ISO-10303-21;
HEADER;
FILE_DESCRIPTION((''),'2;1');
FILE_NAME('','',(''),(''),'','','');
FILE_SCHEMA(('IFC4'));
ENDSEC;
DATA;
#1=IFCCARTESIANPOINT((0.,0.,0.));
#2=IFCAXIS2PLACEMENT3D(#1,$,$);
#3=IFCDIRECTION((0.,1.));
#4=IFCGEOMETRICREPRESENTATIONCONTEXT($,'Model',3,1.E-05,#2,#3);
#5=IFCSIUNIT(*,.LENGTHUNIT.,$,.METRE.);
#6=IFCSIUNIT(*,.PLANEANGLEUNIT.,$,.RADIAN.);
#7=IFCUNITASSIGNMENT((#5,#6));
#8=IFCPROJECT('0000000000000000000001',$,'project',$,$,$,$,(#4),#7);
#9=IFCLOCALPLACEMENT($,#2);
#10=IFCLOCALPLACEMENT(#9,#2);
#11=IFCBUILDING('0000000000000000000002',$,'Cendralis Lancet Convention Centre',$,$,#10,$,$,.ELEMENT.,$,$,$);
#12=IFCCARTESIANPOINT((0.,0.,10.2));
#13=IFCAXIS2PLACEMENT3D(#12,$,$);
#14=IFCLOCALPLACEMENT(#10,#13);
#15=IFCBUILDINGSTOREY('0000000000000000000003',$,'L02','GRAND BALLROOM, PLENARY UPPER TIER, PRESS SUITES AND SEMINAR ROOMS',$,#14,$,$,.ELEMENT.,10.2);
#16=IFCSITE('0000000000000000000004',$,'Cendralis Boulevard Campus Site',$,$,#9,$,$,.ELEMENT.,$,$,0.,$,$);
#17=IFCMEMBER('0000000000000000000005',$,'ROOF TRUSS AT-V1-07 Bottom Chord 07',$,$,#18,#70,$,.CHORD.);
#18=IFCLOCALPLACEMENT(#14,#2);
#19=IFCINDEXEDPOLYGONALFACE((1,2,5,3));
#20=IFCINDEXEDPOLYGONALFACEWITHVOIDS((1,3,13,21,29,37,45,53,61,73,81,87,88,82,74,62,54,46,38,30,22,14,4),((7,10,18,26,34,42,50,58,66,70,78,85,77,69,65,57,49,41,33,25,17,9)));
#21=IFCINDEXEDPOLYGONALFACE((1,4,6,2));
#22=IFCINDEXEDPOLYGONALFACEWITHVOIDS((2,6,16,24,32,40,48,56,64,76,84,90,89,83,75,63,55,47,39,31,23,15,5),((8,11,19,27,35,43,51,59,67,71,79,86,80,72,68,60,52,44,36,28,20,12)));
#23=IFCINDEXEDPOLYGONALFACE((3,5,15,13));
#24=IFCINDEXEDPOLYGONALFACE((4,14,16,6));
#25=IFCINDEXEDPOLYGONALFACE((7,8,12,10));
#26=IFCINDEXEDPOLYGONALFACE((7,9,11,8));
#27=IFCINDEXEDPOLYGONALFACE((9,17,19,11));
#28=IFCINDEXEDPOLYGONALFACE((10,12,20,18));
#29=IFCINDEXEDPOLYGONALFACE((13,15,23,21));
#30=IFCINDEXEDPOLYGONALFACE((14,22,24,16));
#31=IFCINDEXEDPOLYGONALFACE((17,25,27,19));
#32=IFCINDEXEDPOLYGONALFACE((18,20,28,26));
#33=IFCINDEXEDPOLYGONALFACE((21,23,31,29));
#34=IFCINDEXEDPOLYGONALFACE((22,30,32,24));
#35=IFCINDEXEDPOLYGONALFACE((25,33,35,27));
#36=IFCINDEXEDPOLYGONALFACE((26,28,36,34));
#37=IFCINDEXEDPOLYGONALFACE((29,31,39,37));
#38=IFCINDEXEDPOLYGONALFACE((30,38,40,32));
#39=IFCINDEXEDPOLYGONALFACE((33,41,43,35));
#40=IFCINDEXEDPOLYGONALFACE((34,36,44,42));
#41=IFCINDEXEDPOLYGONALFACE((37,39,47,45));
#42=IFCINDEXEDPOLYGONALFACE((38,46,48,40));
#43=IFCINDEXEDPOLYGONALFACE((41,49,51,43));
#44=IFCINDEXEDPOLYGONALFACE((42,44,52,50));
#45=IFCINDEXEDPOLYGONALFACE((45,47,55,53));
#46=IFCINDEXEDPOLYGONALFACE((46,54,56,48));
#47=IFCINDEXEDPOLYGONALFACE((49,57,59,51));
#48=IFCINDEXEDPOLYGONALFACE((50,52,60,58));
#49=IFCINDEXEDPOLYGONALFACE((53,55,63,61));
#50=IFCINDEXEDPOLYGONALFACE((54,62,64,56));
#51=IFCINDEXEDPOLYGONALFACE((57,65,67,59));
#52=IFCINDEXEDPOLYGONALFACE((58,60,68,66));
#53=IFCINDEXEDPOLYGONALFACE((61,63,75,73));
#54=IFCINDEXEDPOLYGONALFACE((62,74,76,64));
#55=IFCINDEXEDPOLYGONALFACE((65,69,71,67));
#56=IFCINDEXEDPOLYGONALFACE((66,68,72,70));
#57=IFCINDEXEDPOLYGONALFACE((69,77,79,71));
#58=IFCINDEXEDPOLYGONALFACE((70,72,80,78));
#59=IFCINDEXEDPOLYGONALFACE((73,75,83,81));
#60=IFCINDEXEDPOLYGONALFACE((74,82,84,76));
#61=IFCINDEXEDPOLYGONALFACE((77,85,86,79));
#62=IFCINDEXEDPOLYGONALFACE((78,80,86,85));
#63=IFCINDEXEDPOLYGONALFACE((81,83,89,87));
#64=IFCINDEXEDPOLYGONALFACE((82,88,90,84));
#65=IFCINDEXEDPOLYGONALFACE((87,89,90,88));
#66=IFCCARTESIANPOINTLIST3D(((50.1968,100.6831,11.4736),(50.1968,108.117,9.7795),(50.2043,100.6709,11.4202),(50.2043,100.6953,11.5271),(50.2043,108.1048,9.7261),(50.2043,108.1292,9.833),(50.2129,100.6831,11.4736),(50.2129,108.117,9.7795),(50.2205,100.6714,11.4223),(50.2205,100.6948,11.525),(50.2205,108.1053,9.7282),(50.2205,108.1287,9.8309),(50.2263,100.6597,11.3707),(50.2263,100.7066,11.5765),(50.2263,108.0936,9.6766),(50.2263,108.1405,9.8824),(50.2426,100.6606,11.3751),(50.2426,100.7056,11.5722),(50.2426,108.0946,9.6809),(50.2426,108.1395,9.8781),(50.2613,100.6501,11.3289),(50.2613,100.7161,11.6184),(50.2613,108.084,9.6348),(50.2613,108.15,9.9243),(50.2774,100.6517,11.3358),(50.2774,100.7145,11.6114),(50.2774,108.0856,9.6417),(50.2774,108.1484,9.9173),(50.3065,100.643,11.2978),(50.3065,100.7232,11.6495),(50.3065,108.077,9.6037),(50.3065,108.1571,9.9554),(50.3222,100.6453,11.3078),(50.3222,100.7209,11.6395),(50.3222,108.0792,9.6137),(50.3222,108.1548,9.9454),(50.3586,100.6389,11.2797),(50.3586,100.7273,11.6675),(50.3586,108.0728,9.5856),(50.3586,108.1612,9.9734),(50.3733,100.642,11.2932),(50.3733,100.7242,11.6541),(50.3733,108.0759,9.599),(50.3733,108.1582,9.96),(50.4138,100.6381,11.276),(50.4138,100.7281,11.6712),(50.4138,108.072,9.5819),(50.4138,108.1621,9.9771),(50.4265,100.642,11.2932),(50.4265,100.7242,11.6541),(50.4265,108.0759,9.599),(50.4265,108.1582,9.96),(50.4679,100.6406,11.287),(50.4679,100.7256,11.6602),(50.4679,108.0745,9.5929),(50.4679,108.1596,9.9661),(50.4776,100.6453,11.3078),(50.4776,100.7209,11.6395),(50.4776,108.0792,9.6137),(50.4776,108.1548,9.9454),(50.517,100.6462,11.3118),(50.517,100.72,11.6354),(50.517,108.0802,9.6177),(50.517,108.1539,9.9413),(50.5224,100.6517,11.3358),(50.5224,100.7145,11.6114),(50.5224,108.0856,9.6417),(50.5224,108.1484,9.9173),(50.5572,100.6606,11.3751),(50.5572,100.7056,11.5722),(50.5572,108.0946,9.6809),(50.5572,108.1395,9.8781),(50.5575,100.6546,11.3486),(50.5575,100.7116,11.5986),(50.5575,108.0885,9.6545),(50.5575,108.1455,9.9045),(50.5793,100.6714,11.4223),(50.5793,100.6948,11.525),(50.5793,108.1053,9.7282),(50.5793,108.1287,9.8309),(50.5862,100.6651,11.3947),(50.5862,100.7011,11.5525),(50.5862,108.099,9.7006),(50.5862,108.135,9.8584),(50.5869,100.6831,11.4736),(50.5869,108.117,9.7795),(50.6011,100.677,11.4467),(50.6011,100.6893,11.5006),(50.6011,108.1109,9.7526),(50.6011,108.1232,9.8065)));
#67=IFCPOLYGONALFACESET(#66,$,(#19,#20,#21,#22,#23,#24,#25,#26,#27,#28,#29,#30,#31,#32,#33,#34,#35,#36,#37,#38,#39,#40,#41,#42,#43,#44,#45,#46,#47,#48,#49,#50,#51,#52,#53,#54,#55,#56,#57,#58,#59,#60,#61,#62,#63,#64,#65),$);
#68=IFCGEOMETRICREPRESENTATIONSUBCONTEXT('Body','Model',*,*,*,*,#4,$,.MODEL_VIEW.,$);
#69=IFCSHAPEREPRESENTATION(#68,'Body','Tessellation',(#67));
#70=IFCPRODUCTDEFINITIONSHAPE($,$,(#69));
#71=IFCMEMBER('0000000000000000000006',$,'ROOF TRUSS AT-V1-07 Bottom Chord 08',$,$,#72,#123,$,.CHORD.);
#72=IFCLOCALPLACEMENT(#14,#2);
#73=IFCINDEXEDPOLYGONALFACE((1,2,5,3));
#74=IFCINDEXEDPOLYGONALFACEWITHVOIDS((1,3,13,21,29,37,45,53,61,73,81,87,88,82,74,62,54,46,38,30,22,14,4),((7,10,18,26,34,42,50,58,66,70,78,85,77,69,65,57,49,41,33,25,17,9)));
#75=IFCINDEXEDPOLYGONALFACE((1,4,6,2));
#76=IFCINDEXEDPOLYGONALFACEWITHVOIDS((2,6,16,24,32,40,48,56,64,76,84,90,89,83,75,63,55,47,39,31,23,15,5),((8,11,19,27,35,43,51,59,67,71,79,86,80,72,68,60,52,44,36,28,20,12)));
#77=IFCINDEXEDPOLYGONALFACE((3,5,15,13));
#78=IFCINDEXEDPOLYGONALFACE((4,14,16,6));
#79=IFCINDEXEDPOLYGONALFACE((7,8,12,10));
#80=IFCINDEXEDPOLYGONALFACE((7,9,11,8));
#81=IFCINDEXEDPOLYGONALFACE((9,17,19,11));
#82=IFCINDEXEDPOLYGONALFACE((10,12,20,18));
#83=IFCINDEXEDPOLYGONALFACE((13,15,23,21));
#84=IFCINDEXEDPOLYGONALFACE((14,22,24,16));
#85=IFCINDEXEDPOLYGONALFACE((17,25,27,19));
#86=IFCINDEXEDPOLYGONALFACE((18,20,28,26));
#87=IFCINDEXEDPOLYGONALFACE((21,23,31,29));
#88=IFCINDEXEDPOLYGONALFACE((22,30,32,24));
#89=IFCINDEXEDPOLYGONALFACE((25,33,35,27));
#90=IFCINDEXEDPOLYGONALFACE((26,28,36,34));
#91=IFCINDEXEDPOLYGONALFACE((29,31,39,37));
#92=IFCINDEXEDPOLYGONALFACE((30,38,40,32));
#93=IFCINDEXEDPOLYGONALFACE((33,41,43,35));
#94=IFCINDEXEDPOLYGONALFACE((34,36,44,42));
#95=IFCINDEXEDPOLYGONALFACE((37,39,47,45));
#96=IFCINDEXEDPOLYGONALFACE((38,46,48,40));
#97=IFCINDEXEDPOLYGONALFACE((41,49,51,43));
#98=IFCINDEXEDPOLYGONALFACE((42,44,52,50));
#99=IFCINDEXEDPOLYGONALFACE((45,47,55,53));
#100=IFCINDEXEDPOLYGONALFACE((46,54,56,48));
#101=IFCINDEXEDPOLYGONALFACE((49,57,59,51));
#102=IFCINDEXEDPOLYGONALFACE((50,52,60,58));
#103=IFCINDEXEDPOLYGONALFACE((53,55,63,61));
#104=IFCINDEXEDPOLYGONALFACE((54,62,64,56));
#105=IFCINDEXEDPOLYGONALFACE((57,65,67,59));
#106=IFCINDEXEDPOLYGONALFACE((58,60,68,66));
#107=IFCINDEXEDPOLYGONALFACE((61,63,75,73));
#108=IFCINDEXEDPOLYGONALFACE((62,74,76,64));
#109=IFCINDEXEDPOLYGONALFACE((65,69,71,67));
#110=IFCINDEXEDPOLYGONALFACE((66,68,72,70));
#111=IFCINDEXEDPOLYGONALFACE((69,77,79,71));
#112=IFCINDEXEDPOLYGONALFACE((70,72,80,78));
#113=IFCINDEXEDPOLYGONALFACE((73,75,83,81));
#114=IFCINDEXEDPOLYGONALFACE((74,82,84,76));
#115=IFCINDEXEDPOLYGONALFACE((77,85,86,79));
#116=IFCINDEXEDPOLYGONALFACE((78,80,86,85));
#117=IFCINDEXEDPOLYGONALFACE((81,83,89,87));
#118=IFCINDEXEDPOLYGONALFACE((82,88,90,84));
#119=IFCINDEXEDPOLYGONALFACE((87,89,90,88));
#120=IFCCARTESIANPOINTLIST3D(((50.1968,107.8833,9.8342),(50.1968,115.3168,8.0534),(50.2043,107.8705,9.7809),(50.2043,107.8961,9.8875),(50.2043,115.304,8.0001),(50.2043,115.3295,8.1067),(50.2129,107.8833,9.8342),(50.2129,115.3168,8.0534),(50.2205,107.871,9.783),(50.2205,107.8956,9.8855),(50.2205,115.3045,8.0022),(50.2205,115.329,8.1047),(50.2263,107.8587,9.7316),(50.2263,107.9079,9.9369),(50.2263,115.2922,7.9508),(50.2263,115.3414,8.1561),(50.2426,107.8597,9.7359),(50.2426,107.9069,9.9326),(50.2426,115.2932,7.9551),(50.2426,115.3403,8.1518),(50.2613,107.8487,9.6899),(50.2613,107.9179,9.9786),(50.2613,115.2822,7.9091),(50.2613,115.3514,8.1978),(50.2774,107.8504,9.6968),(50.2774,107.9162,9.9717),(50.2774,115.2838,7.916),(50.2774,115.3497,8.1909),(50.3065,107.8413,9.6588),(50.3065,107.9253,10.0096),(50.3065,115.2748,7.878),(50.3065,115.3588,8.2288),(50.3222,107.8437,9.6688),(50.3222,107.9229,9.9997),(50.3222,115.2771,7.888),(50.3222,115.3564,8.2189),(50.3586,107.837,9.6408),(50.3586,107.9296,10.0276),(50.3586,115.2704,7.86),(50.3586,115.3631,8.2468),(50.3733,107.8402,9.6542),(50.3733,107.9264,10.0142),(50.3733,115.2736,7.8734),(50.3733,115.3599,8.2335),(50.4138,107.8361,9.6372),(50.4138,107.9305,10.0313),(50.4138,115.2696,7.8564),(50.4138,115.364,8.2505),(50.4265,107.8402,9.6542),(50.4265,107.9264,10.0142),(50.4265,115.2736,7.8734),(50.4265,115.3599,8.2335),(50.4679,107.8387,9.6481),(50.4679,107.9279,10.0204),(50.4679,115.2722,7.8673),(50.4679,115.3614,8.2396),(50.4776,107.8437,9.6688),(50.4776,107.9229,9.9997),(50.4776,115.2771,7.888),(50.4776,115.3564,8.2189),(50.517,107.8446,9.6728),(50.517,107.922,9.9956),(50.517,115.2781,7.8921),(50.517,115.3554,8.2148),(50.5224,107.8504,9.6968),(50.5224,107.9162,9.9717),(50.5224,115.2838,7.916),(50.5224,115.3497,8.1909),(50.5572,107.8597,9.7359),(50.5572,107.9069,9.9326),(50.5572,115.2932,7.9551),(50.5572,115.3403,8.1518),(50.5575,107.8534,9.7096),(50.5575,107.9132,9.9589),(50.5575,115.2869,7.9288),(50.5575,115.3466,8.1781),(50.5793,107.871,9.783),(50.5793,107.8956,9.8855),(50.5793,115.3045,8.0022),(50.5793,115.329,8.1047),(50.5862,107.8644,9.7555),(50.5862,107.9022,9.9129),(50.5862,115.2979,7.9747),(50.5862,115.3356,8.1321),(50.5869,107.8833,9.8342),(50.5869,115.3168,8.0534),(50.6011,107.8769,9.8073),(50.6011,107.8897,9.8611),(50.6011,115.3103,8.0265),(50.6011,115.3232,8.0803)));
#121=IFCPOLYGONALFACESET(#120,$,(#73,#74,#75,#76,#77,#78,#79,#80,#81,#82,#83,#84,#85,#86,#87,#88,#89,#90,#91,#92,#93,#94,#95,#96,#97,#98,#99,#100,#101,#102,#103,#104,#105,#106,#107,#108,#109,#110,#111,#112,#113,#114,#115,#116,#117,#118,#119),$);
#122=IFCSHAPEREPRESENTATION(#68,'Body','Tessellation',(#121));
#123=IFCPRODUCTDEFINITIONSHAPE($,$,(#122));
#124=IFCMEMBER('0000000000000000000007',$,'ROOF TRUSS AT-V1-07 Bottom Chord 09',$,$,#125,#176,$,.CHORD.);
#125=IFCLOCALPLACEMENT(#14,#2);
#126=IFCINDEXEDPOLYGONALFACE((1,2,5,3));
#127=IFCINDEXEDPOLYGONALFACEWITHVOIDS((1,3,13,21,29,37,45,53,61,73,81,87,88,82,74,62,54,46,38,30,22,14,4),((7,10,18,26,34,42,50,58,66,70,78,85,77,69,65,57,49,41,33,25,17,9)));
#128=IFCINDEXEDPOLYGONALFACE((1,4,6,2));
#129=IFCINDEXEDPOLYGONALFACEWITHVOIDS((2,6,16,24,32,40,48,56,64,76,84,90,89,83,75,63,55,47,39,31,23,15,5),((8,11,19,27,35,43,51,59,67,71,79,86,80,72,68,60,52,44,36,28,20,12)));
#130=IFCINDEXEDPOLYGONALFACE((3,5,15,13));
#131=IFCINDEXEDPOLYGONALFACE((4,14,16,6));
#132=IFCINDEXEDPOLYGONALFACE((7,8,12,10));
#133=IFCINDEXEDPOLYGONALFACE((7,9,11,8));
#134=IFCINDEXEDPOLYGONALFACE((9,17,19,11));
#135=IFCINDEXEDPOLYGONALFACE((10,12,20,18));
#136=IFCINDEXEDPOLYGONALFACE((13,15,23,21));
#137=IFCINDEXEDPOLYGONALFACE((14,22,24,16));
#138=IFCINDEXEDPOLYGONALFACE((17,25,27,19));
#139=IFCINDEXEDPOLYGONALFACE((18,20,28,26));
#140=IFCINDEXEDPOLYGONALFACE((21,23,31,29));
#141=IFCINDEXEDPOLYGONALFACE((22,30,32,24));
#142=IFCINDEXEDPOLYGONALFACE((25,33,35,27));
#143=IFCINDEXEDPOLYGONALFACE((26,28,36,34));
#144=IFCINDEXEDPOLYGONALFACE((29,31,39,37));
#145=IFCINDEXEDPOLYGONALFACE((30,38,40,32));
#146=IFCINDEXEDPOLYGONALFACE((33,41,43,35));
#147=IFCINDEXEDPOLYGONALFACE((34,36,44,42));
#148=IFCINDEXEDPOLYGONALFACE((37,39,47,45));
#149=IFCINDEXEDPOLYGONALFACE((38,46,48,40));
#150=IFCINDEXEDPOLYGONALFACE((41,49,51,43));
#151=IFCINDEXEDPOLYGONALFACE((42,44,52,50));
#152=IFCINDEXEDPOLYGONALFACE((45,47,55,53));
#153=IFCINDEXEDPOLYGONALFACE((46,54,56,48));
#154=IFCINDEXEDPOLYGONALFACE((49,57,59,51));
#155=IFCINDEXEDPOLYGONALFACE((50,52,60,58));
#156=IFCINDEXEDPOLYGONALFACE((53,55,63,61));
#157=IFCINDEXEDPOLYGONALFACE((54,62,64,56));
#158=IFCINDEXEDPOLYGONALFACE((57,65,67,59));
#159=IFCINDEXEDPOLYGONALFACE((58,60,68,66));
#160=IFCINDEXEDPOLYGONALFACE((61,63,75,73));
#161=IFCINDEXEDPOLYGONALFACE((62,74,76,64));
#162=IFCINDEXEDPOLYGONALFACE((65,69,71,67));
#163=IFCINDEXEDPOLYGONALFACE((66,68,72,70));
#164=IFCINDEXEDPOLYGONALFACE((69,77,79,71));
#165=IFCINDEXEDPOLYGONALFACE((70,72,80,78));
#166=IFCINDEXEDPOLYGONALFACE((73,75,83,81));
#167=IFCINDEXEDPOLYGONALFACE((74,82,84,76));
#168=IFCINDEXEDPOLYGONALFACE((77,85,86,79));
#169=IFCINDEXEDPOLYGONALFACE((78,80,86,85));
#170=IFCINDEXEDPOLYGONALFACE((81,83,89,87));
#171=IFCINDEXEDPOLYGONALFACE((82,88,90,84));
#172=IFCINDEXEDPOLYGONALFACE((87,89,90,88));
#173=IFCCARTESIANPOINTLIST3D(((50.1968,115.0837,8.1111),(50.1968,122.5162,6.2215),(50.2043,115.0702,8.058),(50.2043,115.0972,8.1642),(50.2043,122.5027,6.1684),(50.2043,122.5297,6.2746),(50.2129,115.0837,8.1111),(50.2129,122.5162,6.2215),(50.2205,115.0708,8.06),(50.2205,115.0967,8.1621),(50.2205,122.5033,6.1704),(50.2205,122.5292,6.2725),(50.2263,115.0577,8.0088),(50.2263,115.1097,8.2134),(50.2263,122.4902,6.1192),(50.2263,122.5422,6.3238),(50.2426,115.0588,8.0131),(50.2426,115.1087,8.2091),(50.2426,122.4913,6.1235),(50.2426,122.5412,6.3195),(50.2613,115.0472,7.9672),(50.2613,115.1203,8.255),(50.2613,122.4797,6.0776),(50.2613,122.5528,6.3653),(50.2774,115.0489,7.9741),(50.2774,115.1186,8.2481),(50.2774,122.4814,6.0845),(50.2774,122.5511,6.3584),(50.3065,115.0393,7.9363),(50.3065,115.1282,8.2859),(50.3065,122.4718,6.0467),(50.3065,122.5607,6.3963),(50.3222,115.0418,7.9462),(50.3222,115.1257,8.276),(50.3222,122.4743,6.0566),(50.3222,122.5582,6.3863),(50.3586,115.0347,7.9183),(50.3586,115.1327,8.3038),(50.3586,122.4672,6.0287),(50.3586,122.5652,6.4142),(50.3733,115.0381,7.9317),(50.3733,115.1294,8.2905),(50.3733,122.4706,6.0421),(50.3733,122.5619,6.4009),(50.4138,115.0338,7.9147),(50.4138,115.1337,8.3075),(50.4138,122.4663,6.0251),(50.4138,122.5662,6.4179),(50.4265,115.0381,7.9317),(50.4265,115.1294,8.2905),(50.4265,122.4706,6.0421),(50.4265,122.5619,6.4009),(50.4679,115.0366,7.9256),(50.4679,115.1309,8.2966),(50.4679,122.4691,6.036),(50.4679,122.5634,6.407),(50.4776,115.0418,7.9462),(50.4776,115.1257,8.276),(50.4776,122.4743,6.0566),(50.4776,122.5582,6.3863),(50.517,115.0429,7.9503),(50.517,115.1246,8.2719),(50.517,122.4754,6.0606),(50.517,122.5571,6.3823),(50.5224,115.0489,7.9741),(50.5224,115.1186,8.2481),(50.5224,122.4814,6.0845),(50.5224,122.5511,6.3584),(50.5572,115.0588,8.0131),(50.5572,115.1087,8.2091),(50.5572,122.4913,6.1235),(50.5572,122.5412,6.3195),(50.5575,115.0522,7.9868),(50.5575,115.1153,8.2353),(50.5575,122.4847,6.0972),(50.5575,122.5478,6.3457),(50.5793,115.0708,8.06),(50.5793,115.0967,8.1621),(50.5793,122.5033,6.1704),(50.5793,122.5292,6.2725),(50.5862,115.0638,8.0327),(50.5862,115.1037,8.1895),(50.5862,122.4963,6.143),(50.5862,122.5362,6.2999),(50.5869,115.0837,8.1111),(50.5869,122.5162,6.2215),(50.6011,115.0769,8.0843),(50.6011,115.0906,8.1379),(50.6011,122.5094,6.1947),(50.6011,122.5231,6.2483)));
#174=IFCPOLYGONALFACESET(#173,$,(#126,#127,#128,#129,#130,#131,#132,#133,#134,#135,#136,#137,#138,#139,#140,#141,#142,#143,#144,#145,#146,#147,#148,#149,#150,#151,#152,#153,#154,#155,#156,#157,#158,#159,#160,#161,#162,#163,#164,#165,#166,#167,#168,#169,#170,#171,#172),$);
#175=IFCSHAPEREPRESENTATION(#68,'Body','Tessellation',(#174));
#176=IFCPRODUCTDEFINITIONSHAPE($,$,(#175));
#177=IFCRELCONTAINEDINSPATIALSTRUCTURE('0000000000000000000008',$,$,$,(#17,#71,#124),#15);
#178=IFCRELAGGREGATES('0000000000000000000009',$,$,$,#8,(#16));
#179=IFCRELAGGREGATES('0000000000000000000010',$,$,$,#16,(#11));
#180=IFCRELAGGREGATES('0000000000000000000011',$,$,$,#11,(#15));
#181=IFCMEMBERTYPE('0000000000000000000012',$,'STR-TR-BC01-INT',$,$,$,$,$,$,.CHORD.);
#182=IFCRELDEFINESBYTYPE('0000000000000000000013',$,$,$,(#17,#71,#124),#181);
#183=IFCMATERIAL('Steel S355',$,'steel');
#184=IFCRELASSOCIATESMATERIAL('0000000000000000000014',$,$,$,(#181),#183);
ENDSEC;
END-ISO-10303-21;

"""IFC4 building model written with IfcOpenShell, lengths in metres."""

from ifc_helpers import new_model, si_unit, direction, frame, origin, origin_2d, place, context, subcontext, project, spatial, hollow_circle, extrude, material, material_profile, profile_set, type_object, element, save


model = new_model("IFC4")

# Units and contexts
model_context = context("Model", 3, precision=1e-05, world=origin(), true_north=direction((0.0, 1.0)))
body_context = subcontext(model_context, "Body", "Model", "MODEL_VIEW")
ifc_project = project(units=[si_unit("LENGTHUNIT", "METRE"), si_unit("PLANEANGLEUNIT", "RADIAN")], contexts=[model_context])

# Site, building, storey
site_placement = place(None, origin())
site = spatial("IfcSite", under=ifc_project, at=site_placement, Name="Cendralis Boulevard Campus Site", CompositionType="ELEMENT", RefElevation=0.0)
building_placement = place(site_placement, origin())
building = spatial("IfcBuilding", under=site, at=building_placement, Name="Cendralis Lancet Convention Centre", CompositionType="ELEMENT")
storey_placement = place(building_placement, frame((0.0, 0.0, 10.2)))
storey = spatial("IfcBuildingStorey", under=building, at=storey_placement, Name="L02", Description="GRAND BALLROOM, PLENARY UPPER TIER, PRESS SUITES AND SEMINAR ROOMS", CompositionType="ELEMENT", Elevation=10.2)

# Members
ifc_material = material(Name="Steel S355", Category="steel")
ifc_material_profile_1 = material_profile(ifc_material, hollow_circle(Radius=0.2031, WallThickness=0.0161, at=origin_2d()), Name="CHS 406.4x16.0")
ifc_profile_set_1 = profile_set([ifc_material_profile_1], Name="Steel S355")
member_type_1 = type_object("IfcMemberType", Name="STR-TR-BC01-INT", PredefinedType="CHORD", material=ifc_profile_set_1)
member_1_placement = place(storey_placement, frame((50.3999, 100.6831, 11.4736), z_axis=(0.0, 0.975003, -0.222193), x_axis=(-1.0, 0.0, 0.0)))
element("IfcMember", 1, at=member_1_placement, inside=storey, type_object=member_type_1, Name="ROOF TRUSS AT-V1-07 Bottom Chord 07", PredefinedType="CHORD", context=body_context, shape_type="SweptSolid", body=[
    extrude(hollow_circle(Radius=0.2031, WallThickness=0.0161, at=origin_2d()), origin(), (0.0, 0.0, 1.0), 7.6245),
])
member_2_placement = place(storey_placement, frame((50.3999, 107.8833, 9.8342), z_axis=(0.0, 0.972483, -0.232972), x_axis=(-1.0, 0.0, 0.0)))
element("IfcMember", 2, at=member_2_placement, inside=storey, type_object=member_type_1, Name="ROOF TRUSS AT-V1-07 Bottom Chord 08", PredefinedType="CHORD", context=body_context, shape_type="SweptSolid", body=[
    extrude(hollow_circle(Radius=0.2031, WallThickness=0.0161, at=origin_2d()), origin(), (0.0, 0.0, 1.0), 7.6438),
])
member_3_placement = place(storey_placement, frame((50.3999, 115.0837, 8.1111), z_axis=(0.0, 0.969169, -0.246399), x_axis=(-1.0, 0.0, 0.0)))
element("IfcMember", 3, at=member_3_placement, inside=storey, type_object=member_type_1, Name="ROOF TRUSS AT-V1-07 Bottom Chord 09", PredefinedType="CHORD", context=body_context, shape_type="SweptSolid", body=[
    extrude(hollow_circle(Radius=0.2031, WallThickness=0.0161, at=origin_2d()), origin(), (0.0, 0.0, 1.0), 7.6689),
])

save(model, "model.ifc")
